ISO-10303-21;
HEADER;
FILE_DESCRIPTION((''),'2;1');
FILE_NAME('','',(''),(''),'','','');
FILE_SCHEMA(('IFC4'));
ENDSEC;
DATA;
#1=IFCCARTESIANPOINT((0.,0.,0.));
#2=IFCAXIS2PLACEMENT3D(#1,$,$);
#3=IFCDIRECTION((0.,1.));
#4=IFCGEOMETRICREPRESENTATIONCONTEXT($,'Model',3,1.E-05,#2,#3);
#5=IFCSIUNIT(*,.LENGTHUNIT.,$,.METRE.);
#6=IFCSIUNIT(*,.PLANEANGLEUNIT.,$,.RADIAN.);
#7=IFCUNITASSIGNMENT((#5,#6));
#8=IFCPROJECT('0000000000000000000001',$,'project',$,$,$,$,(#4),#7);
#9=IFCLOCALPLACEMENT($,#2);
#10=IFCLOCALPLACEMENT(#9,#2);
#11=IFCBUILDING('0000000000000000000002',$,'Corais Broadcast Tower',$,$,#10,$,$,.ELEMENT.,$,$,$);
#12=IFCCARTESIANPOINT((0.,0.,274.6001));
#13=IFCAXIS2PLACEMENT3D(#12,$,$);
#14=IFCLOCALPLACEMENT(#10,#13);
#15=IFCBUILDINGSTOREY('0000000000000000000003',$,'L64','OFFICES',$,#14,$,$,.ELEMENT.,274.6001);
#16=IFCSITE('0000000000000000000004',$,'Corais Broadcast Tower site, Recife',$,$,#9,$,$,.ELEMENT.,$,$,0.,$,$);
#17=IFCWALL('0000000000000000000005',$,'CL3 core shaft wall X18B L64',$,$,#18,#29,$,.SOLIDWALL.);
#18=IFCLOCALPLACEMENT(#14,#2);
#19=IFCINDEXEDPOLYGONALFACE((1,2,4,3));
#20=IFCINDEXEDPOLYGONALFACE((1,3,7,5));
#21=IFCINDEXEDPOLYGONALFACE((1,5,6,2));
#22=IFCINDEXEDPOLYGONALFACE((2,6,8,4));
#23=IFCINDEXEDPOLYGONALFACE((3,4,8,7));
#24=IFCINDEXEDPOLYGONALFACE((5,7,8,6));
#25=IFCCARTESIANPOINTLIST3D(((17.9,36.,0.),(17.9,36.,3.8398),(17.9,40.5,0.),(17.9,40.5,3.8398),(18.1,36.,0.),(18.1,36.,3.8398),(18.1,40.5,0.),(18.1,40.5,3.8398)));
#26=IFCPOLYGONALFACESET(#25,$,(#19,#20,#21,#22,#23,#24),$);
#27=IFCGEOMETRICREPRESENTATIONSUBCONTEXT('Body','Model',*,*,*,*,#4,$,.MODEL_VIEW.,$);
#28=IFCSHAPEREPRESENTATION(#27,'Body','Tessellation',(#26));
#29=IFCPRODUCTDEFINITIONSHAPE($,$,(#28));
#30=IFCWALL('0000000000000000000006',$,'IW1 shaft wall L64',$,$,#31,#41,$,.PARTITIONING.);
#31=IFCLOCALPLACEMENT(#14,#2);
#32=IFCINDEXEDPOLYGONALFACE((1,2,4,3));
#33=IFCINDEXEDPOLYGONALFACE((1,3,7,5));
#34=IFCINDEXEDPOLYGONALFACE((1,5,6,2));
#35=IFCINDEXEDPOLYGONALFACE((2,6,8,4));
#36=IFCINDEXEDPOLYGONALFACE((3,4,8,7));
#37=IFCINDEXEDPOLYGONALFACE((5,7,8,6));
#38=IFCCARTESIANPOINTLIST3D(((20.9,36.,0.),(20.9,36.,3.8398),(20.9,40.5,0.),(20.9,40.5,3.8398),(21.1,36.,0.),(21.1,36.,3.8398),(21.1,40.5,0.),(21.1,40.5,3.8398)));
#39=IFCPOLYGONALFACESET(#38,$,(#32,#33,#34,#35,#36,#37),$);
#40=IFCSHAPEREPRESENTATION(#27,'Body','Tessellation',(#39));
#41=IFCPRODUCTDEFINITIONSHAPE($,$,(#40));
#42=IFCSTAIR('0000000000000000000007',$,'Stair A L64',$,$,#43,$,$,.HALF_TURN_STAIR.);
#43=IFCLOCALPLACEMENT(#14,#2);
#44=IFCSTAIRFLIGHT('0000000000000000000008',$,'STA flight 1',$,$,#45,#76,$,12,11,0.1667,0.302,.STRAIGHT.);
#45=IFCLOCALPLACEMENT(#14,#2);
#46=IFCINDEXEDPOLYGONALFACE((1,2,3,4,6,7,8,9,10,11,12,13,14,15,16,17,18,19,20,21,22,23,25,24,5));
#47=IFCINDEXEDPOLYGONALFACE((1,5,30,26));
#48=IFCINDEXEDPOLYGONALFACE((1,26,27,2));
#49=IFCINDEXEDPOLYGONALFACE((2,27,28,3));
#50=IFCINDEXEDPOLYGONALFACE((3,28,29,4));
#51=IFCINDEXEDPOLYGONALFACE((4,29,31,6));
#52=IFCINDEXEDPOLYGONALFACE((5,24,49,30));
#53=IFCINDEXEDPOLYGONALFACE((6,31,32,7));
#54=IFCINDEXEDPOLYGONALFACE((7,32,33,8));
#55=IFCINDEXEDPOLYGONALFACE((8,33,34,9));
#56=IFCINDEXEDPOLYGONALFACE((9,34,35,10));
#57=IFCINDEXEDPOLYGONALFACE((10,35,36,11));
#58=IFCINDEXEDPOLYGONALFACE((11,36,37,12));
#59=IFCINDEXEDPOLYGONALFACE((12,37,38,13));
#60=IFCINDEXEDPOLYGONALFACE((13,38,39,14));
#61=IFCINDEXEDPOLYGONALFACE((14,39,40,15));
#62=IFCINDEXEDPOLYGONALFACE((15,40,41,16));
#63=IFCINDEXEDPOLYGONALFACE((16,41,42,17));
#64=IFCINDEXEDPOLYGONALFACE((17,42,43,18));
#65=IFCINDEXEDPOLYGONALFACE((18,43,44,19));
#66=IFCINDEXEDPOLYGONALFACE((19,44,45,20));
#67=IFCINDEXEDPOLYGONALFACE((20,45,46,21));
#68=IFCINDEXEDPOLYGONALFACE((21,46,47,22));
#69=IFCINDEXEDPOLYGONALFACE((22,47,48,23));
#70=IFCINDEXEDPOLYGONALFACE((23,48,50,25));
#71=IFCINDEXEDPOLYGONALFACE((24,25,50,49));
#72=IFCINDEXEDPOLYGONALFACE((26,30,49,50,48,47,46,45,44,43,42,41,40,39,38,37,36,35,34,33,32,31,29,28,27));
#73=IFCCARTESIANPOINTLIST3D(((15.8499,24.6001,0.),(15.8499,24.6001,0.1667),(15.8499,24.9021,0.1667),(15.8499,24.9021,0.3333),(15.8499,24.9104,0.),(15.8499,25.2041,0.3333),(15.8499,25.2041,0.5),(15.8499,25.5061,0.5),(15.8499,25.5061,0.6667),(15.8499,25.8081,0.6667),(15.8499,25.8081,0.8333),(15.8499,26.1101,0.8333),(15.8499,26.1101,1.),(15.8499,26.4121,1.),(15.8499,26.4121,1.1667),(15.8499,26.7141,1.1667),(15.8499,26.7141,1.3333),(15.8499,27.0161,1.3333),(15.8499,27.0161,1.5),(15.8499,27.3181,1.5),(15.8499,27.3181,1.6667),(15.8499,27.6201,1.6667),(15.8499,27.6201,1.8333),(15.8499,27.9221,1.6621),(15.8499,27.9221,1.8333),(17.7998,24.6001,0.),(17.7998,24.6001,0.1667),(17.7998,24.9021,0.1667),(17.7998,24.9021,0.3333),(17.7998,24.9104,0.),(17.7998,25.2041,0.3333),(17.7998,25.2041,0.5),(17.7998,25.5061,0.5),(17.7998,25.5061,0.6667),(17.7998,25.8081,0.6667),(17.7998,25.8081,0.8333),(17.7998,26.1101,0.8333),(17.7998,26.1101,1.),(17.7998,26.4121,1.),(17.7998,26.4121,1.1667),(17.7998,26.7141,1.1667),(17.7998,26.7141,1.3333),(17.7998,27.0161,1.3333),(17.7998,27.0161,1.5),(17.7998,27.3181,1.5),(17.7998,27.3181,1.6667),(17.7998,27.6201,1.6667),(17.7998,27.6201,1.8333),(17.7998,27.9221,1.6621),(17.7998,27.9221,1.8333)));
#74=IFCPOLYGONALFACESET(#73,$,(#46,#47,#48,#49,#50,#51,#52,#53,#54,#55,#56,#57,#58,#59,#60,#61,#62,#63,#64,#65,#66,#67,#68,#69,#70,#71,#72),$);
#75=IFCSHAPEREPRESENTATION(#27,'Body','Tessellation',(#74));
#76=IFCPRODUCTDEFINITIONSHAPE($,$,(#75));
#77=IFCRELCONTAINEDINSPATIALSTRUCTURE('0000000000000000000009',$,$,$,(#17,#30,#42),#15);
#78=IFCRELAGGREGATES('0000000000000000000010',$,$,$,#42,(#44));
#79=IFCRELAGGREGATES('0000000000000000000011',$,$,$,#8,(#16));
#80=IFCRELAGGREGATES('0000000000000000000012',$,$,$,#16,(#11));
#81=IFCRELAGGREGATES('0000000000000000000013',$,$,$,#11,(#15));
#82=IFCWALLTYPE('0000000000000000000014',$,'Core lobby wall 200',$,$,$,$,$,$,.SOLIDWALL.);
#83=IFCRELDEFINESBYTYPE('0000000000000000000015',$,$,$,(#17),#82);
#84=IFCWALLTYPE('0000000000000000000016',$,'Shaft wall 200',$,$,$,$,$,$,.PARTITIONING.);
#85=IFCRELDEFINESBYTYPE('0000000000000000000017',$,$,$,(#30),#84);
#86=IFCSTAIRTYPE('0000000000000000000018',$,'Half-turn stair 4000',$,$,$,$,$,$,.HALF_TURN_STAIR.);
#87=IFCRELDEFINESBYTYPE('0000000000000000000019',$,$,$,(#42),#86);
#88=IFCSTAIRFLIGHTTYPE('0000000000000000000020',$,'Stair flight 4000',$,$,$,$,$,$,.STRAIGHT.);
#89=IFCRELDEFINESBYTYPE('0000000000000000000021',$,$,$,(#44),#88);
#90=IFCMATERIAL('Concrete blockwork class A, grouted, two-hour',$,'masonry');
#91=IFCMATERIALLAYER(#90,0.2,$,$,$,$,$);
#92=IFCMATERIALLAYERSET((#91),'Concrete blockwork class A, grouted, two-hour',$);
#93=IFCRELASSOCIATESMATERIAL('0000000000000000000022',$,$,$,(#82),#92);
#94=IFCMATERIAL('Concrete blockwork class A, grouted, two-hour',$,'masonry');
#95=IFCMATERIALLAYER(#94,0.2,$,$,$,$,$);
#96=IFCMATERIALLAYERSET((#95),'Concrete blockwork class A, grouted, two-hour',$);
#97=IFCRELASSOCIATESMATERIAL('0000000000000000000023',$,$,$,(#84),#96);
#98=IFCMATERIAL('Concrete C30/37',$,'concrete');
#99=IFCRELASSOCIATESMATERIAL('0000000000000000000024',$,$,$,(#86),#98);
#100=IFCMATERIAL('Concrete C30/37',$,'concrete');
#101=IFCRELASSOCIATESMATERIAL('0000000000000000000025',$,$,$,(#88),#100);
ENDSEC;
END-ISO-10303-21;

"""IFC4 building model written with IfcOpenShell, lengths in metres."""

from ifc_helpers import new_model, si_unit, direction, frame, frame_2d, origin, place, context, subcontext, project, spatial, polyline, rectangle, outline, extrude, material, layer, layer_set, type_object, element, aggregate, save


model = new_model("IFC4")

# Units and contexts
model_context = context("Model", 3, precision=1e-05, world=origin(), true_north=direction((0.0, 1.0)))
body_context = subcontext(model_context, "Body", "Model", "MODEL_VIEW")
ifc_project = project(units=[si_unit("LENGTHUNIT", "METRE"), si_unit("PLANEANGLEUNIT", "RADIAN")], contexts=[model_context])

# Site, building, storey
site_placement = place(None, origin())
site = spatial("IfcSite", under=ifc_project, at=site_placement, Name="Corais Broadcast Tower site, Recife", CompositionType="ELEMENT", RefElevation=0.0)
building_placement = place(site_placement, origin())
building = spatial("IfcBuilding", under=site, at=building_placement, Name="Corais Broadcast Tower", CompositionType="ELEMENT")
storey_placement = place(building_placement, frame((0.0, 0.0, 274.6001)))
storey = spatial("IfcBuildingStorey", under=building, at=storey_placement, Name="L64", Description="OFFICES", CompositionType="ELEMENT", Elevation=274.6001)

# Walls
ifc_material_1 = material(Name="Concrete blockwork class A, grouted, two-hour", Category="masonry")
ifc_layer_1 = layer(ifc_material_1, 0.2)
ifc_layer_set_1 = layer_set([ifc_layer_1], Name="Concrete blockwork class A, grouted, two-hour")
wall_type_1 = type_object("IfcWallType", Name="Core lobby wall 200", PredefinedType="SOLIDWALL", material=ifc_layer_set_1)
wall_1_placement = place(storey_placement, frame((18.0, 36.0, 0.0), z_axis=(0.0, 0.0, 1.0), x_axis=(0.0, 1.0, 0.0)))
element("IfcWall", 1, at=wall_1_placement, inside=storey, type_object=wall_type_1, Name="CL3 core shaft wall X18B L64", PredefinedType="SOLIDWALL", context=body_context, shape_type="SweptSolid", body=[
    extrude(rectangle(XDim=4.5, YDim=0.2, at=frame_2d((2.25, 0.0))), origin(), (0.0, 0.0, 1.0), 3.8398),
])
ifc_material_2 = material(Name="Concrete blockwork class A, grouted, two-hour", Category="masonry")
ifc_layer_2 = layer(ifc_material_2, 0.2)
ifc_layer_set_2 = layer_set([ifc_layer_2], Name="Concrete blockwork class A, grouted, two-hour")
wall_type_2 = type_object("IfcWallType", Name="Shaft wall 200", PredefinedType="PARTITIONING", material=ifc_layer_set_2)
wall_2_placement = place(storey_placement, frame((21.0, 36.0, 0.0), z_axis=(0.0, 0.0, 1.0), x_axis=(0.0, 1.0, 0.0)))
element("IfcWall", 2, at=wall_2_placement, inside=storey, type_object=wall_type_2, Name="IW1 shaft wall L64", PredefinedType="PARTITIONING", context=body_context, shape_type="SweptSolid", body=[
    extrude(rectangle(XDim=4.5, YDim=0.2, at=frame_2d((2.25, 0.0))), origin(), (0.0, 0.0, 1.0), 3.8398),
])

# Stair, stair flight
ifc_material_3 = material(Name="Concrete C30/37", Category="concrete")
stair_type = type_object("IfcStairType", Name="Half-turn stair 4000", PredefinedType="HALF_TURN_STAIR", material=ifc_material_3)
stair_placement = place(storey_placement, origin())
stair = element("IfcStair", 3, at=stair_placement, inside=storey, type_object=stair_type, Name="Stair A L64", PredefinedType="HALF_TURN_STAIR")
ifc_material_4 = material(Name="Concrete C30/37", Category="concrete")
stair_flight_type = type_object("IfcStairFlightType", Name="Stair flight 4000", PredefinedType="STRAIGHT", material=ifc_material_4)
stair_flight_placement = place(storey_placement, frame((16.825, 24.6001, 0.0), z_axis=(0.0, 0.0, 1.0), x_axis=(0.0, 1.0, 0.0)))
stair_flight = element("IfcStairFlight", 4, at=stair_flight_placement, type_object=stair_flight_type, Name="STA flight 1", NumberOfRisers=12, NumberOfTreads=11, PredefinedType="STRAIGHT", RiserHeight=0.1667, TreadLength=0.302, context=body_context, shape_type="SweptSolid", body=[
    extrude(outline(polyline([(0.0, 0.0), (0.0, 0.1667), (0.302, 0.1667), (0.302, 0.3333), (0.604, 0.3333), (0.604, 0.5), (0.906, 0.5), (0.906, 0.6667), (1.208, 0.6667), (1.208, 0.8333), (1.51, 0.8333), (1.51, 1.0), (1.812, 1.0), (1.812, 1.1667), (2.114, 1.1667), (2.114, 1.3333), (2.416, 1.3333), (2.416, 1.5), (2.718, 1.5), (2.718, 1.6667), (3.02, 1.6667), (3.02, 1.8333), (3.322, 1.8333), (3.322, 2.0), (3.322, 1.6621), (0.3103, 0.0), (0.0, 0.0)])), frame((0.0, 0.9751, 0.0), z_axis=(0.0, -1.0, 0.0), x_axis=(1.0, 0.0, 0.0)), (0.0, 0.0, 1.0), 1.95),
])
aggregate(stair, [stair_flight])

save(model, "model.ifc")
